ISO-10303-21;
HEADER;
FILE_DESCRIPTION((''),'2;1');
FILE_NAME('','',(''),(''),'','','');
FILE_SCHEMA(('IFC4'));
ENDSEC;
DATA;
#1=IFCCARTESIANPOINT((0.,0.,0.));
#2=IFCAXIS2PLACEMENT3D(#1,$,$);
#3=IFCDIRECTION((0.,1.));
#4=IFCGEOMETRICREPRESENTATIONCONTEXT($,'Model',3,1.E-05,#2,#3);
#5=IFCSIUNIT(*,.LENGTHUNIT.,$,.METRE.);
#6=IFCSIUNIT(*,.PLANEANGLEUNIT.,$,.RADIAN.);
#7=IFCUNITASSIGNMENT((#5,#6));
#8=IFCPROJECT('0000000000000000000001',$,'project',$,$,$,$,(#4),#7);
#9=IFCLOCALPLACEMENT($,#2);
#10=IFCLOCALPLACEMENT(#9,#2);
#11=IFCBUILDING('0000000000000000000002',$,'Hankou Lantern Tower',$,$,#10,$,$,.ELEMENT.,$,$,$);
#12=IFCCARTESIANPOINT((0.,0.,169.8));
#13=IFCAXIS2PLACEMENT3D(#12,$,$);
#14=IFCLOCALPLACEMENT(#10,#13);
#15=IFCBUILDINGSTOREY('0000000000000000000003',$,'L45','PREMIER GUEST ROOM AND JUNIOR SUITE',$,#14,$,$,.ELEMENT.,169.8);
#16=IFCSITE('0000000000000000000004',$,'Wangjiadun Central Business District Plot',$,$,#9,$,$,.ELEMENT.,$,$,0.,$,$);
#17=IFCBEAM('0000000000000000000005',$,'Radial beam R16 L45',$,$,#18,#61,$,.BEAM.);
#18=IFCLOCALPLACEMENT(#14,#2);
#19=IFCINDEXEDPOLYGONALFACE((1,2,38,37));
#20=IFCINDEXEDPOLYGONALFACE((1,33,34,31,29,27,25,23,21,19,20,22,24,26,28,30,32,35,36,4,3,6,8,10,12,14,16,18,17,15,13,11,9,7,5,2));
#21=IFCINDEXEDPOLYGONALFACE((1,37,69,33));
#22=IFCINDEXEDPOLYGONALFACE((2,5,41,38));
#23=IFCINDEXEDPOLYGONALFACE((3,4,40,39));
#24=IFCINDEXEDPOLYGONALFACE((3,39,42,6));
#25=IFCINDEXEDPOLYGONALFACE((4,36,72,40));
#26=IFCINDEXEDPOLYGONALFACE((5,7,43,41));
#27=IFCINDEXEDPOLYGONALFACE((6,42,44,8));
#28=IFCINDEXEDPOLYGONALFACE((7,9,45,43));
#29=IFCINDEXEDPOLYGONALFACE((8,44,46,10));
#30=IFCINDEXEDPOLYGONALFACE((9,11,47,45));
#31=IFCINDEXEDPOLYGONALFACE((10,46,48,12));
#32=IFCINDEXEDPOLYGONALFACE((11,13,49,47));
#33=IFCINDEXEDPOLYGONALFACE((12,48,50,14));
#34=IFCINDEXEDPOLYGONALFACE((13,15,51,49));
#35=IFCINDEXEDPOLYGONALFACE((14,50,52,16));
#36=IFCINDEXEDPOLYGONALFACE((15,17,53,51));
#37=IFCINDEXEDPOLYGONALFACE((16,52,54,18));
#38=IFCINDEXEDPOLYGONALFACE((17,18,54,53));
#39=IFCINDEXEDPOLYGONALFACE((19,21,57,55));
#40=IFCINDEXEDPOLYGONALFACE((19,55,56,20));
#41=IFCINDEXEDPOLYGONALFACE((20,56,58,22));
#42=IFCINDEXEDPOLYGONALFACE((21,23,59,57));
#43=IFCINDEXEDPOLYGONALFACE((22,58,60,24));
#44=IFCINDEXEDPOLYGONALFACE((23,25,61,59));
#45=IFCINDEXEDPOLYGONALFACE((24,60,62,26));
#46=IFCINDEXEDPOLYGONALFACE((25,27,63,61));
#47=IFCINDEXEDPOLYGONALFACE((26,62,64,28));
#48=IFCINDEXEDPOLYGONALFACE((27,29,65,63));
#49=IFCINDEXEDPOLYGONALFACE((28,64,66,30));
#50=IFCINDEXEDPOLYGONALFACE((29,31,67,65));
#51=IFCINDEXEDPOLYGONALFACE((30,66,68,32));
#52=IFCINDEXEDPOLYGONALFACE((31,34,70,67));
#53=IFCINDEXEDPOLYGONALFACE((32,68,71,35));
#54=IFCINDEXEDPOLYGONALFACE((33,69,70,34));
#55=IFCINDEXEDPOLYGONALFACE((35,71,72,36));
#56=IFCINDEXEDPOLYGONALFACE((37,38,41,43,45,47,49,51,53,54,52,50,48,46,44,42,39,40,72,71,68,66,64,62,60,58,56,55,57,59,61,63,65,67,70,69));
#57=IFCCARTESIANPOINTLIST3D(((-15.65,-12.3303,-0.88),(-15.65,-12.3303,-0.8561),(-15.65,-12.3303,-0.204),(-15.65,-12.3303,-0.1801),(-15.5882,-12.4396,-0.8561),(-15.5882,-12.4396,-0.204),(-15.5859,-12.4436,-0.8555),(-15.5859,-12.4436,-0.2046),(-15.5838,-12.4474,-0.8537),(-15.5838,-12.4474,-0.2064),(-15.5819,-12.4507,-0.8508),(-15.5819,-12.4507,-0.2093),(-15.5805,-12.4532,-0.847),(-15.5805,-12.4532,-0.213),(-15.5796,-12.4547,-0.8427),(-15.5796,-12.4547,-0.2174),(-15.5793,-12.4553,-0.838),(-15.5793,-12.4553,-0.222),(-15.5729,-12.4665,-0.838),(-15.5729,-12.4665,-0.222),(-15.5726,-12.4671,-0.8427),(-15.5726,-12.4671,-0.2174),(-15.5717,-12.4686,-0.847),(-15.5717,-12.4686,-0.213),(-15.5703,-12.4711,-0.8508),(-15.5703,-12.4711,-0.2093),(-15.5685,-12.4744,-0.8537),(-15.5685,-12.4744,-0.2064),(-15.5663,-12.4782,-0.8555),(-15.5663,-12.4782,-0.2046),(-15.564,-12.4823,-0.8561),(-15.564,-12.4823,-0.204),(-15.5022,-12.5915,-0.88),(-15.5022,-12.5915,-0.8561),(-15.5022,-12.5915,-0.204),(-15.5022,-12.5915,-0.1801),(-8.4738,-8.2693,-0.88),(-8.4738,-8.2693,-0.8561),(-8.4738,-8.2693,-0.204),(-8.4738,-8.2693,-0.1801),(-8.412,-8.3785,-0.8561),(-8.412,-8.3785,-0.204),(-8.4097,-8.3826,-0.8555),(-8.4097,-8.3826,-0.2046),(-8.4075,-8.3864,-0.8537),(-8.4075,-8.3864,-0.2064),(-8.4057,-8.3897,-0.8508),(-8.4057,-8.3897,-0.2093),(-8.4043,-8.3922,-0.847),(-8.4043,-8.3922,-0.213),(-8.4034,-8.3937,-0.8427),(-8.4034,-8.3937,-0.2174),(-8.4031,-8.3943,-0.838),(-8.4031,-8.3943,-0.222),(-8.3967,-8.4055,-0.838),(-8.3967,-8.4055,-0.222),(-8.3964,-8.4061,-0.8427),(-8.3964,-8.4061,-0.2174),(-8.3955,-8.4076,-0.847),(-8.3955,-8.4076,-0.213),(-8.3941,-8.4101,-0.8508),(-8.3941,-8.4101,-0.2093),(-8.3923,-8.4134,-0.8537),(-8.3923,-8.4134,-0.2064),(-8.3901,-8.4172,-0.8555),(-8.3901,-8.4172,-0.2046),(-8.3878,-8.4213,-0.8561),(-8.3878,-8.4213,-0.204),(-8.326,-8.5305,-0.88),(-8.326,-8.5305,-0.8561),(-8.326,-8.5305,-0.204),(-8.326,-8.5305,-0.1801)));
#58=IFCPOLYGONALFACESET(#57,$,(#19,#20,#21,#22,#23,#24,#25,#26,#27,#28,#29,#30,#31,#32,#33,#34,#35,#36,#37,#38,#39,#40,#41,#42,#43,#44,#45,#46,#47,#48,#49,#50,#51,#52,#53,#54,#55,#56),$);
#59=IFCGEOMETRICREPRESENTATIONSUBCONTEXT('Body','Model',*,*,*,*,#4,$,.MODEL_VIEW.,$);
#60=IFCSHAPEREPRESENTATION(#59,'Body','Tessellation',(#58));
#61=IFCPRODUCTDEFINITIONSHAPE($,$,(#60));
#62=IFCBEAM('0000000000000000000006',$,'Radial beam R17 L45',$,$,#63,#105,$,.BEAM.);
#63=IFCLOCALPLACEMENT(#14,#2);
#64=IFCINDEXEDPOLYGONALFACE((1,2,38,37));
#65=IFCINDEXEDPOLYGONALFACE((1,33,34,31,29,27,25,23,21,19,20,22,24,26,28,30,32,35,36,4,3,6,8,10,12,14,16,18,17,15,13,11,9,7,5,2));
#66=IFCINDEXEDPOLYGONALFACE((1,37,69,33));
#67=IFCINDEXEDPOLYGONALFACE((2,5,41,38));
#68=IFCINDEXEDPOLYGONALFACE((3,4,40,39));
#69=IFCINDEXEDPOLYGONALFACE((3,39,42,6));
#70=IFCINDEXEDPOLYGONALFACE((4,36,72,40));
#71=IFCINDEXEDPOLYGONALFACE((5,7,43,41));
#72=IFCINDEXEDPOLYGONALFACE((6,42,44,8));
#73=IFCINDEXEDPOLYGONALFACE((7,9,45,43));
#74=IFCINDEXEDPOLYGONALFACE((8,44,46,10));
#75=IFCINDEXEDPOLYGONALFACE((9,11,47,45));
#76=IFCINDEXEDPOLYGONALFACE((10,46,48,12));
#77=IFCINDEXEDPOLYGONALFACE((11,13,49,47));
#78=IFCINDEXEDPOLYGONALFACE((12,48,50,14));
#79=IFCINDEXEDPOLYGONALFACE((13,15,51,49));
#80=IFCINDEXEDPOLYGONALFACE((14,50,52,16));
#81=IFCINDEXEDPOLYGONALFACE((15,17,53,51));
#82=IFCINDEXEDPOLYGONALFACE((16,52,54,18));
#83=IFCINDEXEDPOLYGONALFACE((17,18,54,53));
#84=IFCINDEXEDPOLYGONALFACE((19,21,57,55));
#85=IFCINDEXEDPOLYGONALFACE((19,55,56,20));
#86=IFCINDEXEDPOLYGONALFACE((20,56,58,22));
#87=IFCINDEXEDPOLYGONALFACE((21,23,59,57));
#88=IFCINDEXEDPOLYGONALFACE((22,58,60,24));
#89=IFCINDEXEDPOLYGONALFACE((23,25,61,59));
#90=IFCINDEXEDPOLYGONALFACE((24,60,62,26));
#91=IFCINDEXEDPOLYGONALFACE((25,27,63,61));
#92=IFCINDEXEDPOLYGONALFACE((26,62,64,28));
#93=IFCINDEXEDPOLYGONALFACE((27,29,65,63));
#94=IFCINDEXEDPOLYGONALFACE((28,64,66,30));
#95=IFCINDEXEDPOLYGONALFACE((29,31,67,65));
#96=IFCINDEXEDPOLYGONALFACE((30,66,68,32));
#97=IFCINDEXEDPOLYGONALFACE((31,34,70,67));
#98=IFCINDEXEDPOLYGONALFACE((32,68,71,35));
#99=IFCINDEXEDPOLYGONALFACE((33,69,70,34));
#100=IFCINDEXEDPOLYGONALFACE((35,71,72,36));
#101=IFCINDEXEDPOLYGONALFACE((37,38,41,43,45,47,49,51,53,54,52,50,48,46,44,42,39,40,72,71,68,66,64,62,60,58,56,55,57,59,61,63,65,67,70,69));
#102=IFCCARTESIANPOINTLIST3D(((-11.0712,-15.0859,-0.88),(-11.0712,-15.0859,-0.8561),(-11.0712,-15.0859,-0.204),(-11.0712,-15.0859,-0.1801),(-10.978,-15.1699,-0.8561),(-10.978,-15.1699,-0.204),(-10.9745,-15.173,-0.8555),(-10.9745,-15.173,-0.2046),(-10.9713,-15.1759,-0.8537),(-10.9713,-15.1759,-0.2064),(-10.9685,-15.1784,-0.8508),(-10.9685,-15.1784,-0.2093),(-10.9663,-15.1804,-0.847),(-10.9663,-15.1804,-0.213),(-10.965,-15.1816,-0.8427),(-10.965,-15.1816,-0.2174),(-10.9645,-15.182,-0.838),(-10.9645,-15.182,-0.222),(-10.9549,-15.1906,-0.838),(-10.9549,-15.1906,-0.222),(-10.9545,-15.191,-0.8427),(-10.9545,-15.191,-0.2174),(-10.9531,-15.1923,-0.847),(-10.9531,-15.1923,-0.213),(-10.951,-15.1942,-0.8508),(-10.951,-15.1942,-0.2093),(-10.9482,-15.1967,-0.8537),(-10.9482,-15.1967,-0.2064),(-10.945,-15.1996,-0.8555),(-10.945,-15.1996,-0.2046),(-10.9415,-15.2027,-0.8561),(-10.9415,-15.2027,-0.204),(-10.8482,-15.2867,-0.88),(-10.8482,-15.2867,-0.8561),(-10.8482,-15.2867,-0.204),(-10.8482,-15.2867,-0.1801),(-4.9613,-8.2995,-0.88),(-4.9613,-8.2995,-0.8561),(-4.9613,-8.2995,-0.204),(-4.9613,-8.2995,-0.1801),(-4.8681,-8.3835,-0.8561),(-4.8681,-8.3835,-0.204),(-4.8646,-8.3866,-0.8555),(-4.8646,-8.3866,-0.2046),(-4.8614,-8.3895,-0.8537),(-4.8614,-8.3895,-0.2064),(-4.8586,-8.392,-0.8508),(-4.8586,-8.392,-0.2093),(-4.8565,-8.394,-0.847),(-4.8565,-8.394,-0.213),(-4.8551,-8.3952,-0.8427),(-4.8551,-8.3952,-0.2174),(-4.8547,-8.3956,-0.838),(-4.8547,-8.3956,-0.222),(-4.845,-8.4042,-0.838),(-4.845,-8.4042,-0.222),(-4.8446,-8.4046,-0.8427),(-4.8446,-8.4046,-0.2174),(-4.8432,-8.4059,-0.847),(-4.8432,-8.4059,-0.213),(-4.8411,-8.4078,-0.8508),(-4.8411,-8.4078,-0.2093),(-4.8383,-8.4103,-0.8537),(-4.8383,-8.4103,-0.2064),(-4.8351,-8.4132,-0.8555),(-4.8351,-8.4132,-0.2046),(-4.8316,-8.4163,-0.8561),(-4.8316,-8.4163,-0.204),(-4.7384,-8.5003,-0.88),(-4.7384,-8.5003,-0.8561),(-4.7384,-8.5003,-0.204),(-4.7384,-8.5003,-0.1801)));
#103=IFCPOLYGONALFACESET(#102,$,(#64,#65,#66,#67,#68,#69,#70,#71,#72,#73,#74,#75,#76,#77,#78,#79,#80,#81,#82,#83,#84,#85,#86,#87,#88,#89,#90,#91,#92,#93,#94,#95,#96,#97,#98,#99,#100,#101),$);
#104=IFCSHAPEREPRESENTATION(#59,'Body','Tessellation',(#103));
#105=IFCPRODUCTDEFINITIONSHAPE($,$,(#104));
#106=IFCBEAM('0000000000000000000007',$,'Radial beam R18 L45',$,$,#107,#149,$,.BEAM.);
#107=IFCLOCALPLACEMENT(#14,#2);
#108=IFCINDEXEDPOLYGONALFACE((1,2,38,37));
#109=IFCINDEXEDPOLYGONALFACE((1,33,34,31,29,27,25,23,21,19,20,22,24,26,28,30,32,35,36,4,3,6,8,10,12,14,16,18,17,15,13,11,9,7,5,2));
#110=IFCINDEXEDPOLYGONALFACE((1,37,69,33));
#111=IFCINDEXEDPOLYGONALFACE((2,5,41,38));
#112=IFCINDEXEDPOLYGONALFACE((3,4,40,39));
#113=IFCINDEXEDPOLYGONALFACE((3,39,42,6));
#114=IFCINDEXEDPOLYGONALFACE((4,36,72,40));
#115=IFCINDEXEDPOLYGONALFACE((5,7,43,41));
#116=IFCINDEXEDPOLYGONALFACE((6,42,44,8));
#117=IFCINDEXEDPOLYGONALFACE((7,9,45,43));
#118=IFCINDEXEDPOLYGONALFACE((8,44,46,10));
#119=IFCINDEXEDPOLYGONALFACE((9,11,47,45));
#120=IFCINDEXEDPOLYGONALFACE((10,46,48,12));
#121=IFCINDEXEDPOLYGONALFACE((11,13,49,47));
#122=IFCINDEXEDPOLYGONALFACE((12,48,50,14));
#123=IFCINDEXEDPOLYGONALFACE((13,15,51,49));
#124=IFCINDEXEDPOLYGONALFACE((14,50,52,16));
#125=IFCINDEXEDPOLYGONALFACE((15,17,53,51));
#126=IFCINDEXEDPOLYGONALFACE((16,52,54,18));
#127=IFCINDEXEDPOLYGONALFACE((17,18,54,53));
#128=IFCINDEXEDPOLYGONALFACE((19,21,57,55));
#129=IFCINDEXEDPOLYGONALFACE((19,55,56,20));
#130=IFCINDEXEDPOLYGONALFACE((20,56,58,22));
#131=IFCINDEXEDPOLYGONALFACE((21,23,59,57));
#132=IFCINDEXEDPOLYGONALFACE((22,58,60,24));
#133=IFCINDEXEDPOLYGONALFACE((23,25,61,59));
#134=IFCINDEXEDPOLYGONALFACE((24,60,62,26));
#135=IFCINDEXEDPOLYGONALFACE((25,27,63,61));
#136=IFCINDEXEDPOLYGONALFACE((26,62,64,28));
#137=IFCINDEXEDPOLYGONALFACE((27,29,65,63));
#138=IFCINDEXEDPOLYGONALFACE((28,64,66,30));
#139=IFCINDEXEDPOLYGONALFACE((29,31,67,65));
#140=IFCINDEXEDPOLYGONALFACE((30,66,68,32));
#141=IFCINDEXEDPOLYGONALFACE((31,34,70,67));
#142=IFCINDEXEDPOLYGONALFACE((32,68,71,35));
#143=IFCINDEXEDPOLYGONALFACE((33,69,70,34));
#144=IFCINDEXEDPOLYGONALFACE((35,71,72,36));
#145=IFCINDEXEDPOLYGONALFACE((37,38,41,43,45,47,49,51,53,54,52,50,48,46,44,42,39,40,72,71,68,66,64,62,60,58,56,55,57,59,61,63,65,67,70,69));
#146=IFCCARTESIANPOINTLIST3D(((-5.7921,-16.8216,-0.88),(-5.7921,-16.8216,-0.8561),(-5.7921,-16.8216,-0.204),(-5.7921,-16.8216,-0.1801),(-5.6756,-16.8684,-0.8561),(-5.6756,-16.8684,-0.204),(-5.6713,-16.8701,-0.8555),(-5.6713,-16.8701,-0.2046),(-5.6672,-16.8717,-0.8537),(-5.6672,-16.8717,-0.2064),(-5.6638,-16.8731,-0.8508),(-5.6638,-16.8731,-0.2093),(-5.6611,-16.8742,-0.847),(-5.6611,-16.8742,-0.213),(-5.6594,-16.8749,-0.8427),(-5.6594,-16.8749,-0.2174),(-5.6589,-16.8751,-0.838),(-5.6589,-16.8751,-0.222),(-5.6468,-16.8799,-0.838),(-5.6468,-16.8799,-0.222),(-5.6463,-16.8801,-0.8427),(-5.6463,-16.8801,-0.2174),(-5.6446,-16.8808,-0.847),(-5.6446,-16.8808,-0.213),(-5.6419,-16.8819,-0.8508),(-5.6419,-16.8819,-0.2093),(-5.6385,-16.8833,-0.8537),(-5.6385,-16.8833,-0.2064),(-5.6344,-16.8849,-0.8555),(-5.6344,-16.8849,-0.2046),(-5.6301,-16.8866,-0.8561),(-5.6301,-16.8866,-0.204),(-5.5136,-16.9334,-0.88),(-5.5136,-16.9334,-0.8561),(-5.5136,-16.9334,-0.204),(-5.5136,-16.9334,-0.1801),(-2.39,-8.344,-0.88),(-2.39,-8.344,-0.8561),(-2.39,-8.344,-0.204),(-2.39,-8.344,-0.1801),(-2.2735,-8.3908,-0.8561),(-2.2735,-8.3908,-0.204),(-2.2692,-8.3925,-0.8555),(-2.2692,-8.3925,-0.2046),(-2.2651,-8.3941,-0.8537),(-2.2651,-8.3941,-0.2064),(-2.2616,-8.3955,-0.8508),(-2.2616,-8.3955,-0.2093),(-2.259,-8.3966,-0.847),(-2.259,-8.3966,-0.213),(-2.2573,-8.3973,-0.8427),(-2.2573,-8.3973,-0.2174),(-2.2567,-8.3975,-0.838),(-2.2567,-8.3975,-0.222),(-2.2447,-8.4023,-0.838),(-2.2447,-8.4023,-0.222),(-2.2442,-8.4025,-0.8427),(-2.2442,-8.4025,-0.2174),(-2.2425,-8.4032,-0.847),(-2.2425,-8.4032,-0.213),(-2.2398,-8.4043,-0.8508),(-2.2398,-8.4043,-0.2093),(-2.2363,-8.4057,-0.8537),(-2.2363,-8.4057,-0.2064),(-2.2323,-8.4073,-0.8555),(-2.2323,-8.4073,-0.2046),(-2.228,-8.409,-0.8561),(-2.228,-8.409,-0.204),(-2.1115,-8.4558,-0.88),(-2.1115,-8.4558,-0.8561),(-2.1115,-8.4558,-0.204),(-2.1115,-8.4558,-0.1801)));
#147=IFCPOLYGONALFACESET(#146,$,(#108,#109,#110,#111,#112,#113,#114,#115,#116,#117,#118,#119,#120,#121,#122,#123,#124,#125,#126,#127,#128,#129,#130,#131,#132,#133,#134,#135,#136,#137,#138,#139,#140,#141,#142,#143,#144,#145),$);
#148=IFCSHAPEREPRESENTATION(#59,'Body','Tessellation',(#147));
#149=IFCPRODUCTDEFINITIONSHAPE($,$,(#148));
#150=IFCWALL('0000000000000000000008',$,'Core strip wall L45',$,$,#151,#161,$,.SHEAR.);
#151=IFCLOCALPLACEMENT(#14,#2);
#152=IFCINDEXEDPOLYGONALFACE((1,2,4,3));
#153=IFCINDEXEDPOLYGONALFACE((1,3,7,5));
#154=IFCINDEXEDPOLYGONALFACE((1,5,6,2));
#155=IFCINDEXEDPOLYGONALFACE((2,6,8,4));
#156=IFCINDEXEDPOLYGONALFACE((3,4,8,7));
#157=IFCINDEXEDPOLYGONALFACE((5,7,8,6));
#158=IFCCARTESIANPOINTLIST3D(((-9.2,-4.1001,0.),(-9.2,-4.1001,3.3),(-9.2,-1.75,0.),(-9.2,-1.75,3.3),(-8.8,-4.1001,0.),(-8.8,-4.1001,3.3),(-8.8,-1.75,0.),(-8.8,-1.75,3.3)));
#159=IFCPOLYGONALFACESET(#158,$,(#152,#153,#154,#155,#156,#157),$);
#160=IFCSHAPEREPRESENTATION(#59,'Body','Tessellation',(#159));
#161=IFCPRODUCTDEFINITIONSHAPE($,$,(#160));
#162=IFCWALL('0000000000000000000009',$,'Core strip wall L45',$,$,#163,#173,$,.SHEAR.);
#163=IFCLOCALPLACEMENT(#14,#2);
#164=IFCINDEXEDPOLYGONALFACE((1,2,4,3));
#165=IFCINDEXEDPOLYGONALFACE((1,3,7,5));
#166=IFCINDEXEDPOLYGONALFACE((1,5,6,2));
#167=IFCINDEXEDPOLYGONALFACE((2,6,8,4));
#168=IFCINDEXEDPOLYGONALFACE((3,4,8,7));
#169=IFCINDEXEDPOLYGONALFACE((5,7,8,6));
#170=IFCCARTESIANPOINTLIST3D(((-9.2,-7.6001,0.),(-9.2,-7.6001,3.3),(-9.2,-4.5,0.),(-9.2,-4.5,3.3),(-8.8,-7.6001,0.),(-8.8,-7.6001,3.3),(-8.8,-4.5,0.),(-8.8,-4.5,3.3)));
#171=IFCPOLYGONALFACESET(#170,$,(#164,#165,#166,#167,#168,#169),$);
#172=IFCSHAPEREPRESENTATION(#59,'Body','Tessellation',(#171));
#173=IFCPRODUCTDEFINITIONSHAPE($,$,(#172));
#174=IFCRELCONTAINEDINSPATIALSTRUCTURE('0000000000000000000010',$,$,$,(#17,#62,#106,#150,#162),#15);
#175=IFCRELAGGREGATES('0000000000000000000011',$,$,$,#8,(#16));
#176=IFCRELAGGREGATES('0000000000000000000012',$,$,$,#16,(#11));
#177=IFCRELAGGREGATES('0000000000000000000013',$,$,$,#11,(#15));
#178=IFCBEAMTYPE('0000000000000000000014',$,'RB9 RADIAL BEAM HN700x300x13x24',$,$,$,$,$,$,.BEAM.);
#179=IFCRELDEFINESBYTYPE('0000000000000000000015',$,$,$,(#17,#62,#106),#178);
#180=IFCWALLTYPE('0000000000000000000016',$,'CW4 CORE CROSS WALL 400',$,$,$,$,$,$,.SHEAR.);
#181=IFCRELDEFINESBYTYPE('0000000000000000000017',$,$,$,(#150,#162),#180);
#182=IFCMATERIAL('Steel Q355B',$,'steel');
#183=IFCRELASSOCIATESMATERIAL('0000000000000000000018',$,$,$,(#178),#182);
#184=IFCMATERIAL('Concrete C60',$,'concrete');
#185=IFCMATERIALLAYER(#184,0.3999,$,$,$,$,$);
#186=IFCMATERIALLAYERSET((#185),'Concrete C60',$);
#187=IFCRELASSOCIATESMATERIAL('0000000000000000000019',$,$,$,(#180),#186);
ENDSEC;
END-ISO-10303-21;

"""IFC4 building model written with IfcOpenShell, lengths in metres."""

from ifc_helpers import new_model, si_unit, direction, frame, frame_2d, origin, origin_2d, place, context, subcontext, project, spatial, rectangle, i_section, extrude, material, layer, layer_set, material_profile, profile_set, type_object, element, save


model = new_model("IFC4")

# Units and contexts
model_context = context("Model", 3, precision=1e-05, world=origin(), true_north=direction((0.0, 1.0)))
body_context = subcontext(model_context, "Body", "Model", "MODEL_VIEW")
ifc_project = project(units=[si_unit("LENGTHUNIT", "METRE"), si_unit("PLANEANGLEUNIT", "RADIAN")], contexts=[model_context])

# Site, building, storey
site_placement = place(None, origin())
site = spatial("IfcSite", under=ifc_project, at=site_placement, Name="Wangjiadun Central Business District Plot", CompositionType="ELEMENT", RefElevation=0.0)
building_placement = place(site_placement, origin())
building = spatial("IfcBuilding", under=site, at=building_placement, Name="Hankou Lantern Tower", CompositionType="ELEMENT")
storey_placement = place(building_placement, frame((0.0, 0.0, 169.8)))
storey = spatial("IfcBuildingStorey", under=building, at=storey_placement, Name="L45", Description="PREMIER GUEST ROOM AND JUNIOR SUITE", CompositionType="ELEMENT", Elevation=169.8)

# Beams
ifc_material_1 = material(Name="Steel Q355B", Category="steel")
ifc_material_profile = material_profile(ifc_material_1, i_section(OverallWidth=0.3, OverallDepth=0.7, WebThickness=0.0129, FlangeThickness=0.0239, FilletRadius=0.0181, at=origin_2d()), Name="HN700x300x13x24")
ifc_profile_set = profile_set([ifc_material_profile], Name="Steel Q355B")
beam_type = type_object("IfcBeamType", Name="RB9 RADIAL BEAM HN700x300x13x24", PredefinedType="BEAM", material=ifc_profile_set)
beam_1_placement = place(storey_placement, frame((-8.3999, -8.3999, -0.53), z_axis=(-0.870309, -0.492506, 0.0), x_axis=(0.492506, -0.870309, 0.0)))
element("IfcBeam", 1, at=beam_1_placement, inside=storey, type_object=beam_type, Name="Radial beam R16 L45", PredefinedType="BEAM", context=body_context, shape_type="SweptSolid", body=[
    extrude(i_section(OverallWidth=0.3, OverallDepth=0.7, WebThickness=0.0129, FlangeThickness=0.0239, FilletRadius=0.0181, at=origin_2d()), origin(), (0.0, 0.0, 1.0), 8.2456),
])
beam_2_placement = place(storey_placement, frame((-4.8499, -8.3999, -0.53), z_axis=(-0.669093, -0.743178, 0.0), x_axis=(0.743178, -0.669093, 0.0)))
element("IfcBeam", 2, at=beam_2_placement, inside=storey, type_object=beam_type, Name="Radial beam R17 L45", PredefinedType="BEAM", context=body_context, shape_type="SweptSolid", body=[
    extrude(i_section(OverallWidth=0.3, OverallDepth=0.7, WebThickness=0.0129, FlangeThickness=0.0239, FilletRadius=0.0181, at=origin_2d()), origin(), (0.0, 0.0, 1.0), 9.1316),
])
beam_3_placement = place(storey_placement, frame((-2.2507, -8.3999, -0.53), z_axis=(-0.372436, -0.928058, 0.0), x_axis=(0.928058, -0.372436, 0.0)))
element("IfcBeam", 3, at=beam_3_placement, inside=storey, type_object=beam_type, Name="Radial beam R18 L45", PredefinedType="BEAM", context=body_context, shape_type="SweptSolid", body=[
    extrude(i_section(OverallWidth=0.3, OverallDepth=0.7, WebThickness=0.0129, FlangeThickness=0.0239, FilletRadius=0.0181, at=origin_2d()), origin(), (0.0, 0.0, 1.0), 9.1348),
])

# Walls
ifc_material_2 = material(Name="Concrete C60", Category="concrete")
ifc_layer_1 = layer(ifc_material_2, 0.3999)
ifc_layer_set_1 = layer_set([ifc_layer_1], Name="Concrete C60")
wall_type_1 = type_object("IfcWallType", Name="CW4 CORE CROSS WALL 400", PredefinedType="SHEAR", material=ifc_layer_set_1)
wall_1_placement = place(storey_placement, frame((-9.0, -4.1001, 0.0), z_axis=(0.0, 0.0, 1.0), x_axis=(0.0, 1.0, 0.0)))
element("IfcWall", 4, at=wall_1_placement, inside=storey, type_object=wall_type_1, Name="Core strip wall L45", PredefinedType="SHEAR", context=body_context, shape_type="SweptSolid", body=[
    extrude(rectangle(XDim=2.3501, YDim=0.3999, at=frame_2d((1.175, 0.0))), origin(), (0.0, 0.0, 1.0), 3.3),
])
wall_2_placement = place(storey_placement, frame((-9.0, -7.6001, 0.0), z_axis=(0.0, 0.0, 1.0), x_axis=(0.0, 1.0, 0.0)))
element("IfcWall", 5, at=wall_2_placement, inside=storey, type_object=wall_type_1, Name="Core strip wall L45", PredefinedType="SHEAR", context=body_context, shape_type="SweptSolid", body=[
    extrude(rectangle(XDim=3.1001, YDim=0.3999, at=frame_2d((1.55, 0.0))), origin(), (0.0, 0.0, 1.0), 3.3),
])

save(model, "model.ifc")
